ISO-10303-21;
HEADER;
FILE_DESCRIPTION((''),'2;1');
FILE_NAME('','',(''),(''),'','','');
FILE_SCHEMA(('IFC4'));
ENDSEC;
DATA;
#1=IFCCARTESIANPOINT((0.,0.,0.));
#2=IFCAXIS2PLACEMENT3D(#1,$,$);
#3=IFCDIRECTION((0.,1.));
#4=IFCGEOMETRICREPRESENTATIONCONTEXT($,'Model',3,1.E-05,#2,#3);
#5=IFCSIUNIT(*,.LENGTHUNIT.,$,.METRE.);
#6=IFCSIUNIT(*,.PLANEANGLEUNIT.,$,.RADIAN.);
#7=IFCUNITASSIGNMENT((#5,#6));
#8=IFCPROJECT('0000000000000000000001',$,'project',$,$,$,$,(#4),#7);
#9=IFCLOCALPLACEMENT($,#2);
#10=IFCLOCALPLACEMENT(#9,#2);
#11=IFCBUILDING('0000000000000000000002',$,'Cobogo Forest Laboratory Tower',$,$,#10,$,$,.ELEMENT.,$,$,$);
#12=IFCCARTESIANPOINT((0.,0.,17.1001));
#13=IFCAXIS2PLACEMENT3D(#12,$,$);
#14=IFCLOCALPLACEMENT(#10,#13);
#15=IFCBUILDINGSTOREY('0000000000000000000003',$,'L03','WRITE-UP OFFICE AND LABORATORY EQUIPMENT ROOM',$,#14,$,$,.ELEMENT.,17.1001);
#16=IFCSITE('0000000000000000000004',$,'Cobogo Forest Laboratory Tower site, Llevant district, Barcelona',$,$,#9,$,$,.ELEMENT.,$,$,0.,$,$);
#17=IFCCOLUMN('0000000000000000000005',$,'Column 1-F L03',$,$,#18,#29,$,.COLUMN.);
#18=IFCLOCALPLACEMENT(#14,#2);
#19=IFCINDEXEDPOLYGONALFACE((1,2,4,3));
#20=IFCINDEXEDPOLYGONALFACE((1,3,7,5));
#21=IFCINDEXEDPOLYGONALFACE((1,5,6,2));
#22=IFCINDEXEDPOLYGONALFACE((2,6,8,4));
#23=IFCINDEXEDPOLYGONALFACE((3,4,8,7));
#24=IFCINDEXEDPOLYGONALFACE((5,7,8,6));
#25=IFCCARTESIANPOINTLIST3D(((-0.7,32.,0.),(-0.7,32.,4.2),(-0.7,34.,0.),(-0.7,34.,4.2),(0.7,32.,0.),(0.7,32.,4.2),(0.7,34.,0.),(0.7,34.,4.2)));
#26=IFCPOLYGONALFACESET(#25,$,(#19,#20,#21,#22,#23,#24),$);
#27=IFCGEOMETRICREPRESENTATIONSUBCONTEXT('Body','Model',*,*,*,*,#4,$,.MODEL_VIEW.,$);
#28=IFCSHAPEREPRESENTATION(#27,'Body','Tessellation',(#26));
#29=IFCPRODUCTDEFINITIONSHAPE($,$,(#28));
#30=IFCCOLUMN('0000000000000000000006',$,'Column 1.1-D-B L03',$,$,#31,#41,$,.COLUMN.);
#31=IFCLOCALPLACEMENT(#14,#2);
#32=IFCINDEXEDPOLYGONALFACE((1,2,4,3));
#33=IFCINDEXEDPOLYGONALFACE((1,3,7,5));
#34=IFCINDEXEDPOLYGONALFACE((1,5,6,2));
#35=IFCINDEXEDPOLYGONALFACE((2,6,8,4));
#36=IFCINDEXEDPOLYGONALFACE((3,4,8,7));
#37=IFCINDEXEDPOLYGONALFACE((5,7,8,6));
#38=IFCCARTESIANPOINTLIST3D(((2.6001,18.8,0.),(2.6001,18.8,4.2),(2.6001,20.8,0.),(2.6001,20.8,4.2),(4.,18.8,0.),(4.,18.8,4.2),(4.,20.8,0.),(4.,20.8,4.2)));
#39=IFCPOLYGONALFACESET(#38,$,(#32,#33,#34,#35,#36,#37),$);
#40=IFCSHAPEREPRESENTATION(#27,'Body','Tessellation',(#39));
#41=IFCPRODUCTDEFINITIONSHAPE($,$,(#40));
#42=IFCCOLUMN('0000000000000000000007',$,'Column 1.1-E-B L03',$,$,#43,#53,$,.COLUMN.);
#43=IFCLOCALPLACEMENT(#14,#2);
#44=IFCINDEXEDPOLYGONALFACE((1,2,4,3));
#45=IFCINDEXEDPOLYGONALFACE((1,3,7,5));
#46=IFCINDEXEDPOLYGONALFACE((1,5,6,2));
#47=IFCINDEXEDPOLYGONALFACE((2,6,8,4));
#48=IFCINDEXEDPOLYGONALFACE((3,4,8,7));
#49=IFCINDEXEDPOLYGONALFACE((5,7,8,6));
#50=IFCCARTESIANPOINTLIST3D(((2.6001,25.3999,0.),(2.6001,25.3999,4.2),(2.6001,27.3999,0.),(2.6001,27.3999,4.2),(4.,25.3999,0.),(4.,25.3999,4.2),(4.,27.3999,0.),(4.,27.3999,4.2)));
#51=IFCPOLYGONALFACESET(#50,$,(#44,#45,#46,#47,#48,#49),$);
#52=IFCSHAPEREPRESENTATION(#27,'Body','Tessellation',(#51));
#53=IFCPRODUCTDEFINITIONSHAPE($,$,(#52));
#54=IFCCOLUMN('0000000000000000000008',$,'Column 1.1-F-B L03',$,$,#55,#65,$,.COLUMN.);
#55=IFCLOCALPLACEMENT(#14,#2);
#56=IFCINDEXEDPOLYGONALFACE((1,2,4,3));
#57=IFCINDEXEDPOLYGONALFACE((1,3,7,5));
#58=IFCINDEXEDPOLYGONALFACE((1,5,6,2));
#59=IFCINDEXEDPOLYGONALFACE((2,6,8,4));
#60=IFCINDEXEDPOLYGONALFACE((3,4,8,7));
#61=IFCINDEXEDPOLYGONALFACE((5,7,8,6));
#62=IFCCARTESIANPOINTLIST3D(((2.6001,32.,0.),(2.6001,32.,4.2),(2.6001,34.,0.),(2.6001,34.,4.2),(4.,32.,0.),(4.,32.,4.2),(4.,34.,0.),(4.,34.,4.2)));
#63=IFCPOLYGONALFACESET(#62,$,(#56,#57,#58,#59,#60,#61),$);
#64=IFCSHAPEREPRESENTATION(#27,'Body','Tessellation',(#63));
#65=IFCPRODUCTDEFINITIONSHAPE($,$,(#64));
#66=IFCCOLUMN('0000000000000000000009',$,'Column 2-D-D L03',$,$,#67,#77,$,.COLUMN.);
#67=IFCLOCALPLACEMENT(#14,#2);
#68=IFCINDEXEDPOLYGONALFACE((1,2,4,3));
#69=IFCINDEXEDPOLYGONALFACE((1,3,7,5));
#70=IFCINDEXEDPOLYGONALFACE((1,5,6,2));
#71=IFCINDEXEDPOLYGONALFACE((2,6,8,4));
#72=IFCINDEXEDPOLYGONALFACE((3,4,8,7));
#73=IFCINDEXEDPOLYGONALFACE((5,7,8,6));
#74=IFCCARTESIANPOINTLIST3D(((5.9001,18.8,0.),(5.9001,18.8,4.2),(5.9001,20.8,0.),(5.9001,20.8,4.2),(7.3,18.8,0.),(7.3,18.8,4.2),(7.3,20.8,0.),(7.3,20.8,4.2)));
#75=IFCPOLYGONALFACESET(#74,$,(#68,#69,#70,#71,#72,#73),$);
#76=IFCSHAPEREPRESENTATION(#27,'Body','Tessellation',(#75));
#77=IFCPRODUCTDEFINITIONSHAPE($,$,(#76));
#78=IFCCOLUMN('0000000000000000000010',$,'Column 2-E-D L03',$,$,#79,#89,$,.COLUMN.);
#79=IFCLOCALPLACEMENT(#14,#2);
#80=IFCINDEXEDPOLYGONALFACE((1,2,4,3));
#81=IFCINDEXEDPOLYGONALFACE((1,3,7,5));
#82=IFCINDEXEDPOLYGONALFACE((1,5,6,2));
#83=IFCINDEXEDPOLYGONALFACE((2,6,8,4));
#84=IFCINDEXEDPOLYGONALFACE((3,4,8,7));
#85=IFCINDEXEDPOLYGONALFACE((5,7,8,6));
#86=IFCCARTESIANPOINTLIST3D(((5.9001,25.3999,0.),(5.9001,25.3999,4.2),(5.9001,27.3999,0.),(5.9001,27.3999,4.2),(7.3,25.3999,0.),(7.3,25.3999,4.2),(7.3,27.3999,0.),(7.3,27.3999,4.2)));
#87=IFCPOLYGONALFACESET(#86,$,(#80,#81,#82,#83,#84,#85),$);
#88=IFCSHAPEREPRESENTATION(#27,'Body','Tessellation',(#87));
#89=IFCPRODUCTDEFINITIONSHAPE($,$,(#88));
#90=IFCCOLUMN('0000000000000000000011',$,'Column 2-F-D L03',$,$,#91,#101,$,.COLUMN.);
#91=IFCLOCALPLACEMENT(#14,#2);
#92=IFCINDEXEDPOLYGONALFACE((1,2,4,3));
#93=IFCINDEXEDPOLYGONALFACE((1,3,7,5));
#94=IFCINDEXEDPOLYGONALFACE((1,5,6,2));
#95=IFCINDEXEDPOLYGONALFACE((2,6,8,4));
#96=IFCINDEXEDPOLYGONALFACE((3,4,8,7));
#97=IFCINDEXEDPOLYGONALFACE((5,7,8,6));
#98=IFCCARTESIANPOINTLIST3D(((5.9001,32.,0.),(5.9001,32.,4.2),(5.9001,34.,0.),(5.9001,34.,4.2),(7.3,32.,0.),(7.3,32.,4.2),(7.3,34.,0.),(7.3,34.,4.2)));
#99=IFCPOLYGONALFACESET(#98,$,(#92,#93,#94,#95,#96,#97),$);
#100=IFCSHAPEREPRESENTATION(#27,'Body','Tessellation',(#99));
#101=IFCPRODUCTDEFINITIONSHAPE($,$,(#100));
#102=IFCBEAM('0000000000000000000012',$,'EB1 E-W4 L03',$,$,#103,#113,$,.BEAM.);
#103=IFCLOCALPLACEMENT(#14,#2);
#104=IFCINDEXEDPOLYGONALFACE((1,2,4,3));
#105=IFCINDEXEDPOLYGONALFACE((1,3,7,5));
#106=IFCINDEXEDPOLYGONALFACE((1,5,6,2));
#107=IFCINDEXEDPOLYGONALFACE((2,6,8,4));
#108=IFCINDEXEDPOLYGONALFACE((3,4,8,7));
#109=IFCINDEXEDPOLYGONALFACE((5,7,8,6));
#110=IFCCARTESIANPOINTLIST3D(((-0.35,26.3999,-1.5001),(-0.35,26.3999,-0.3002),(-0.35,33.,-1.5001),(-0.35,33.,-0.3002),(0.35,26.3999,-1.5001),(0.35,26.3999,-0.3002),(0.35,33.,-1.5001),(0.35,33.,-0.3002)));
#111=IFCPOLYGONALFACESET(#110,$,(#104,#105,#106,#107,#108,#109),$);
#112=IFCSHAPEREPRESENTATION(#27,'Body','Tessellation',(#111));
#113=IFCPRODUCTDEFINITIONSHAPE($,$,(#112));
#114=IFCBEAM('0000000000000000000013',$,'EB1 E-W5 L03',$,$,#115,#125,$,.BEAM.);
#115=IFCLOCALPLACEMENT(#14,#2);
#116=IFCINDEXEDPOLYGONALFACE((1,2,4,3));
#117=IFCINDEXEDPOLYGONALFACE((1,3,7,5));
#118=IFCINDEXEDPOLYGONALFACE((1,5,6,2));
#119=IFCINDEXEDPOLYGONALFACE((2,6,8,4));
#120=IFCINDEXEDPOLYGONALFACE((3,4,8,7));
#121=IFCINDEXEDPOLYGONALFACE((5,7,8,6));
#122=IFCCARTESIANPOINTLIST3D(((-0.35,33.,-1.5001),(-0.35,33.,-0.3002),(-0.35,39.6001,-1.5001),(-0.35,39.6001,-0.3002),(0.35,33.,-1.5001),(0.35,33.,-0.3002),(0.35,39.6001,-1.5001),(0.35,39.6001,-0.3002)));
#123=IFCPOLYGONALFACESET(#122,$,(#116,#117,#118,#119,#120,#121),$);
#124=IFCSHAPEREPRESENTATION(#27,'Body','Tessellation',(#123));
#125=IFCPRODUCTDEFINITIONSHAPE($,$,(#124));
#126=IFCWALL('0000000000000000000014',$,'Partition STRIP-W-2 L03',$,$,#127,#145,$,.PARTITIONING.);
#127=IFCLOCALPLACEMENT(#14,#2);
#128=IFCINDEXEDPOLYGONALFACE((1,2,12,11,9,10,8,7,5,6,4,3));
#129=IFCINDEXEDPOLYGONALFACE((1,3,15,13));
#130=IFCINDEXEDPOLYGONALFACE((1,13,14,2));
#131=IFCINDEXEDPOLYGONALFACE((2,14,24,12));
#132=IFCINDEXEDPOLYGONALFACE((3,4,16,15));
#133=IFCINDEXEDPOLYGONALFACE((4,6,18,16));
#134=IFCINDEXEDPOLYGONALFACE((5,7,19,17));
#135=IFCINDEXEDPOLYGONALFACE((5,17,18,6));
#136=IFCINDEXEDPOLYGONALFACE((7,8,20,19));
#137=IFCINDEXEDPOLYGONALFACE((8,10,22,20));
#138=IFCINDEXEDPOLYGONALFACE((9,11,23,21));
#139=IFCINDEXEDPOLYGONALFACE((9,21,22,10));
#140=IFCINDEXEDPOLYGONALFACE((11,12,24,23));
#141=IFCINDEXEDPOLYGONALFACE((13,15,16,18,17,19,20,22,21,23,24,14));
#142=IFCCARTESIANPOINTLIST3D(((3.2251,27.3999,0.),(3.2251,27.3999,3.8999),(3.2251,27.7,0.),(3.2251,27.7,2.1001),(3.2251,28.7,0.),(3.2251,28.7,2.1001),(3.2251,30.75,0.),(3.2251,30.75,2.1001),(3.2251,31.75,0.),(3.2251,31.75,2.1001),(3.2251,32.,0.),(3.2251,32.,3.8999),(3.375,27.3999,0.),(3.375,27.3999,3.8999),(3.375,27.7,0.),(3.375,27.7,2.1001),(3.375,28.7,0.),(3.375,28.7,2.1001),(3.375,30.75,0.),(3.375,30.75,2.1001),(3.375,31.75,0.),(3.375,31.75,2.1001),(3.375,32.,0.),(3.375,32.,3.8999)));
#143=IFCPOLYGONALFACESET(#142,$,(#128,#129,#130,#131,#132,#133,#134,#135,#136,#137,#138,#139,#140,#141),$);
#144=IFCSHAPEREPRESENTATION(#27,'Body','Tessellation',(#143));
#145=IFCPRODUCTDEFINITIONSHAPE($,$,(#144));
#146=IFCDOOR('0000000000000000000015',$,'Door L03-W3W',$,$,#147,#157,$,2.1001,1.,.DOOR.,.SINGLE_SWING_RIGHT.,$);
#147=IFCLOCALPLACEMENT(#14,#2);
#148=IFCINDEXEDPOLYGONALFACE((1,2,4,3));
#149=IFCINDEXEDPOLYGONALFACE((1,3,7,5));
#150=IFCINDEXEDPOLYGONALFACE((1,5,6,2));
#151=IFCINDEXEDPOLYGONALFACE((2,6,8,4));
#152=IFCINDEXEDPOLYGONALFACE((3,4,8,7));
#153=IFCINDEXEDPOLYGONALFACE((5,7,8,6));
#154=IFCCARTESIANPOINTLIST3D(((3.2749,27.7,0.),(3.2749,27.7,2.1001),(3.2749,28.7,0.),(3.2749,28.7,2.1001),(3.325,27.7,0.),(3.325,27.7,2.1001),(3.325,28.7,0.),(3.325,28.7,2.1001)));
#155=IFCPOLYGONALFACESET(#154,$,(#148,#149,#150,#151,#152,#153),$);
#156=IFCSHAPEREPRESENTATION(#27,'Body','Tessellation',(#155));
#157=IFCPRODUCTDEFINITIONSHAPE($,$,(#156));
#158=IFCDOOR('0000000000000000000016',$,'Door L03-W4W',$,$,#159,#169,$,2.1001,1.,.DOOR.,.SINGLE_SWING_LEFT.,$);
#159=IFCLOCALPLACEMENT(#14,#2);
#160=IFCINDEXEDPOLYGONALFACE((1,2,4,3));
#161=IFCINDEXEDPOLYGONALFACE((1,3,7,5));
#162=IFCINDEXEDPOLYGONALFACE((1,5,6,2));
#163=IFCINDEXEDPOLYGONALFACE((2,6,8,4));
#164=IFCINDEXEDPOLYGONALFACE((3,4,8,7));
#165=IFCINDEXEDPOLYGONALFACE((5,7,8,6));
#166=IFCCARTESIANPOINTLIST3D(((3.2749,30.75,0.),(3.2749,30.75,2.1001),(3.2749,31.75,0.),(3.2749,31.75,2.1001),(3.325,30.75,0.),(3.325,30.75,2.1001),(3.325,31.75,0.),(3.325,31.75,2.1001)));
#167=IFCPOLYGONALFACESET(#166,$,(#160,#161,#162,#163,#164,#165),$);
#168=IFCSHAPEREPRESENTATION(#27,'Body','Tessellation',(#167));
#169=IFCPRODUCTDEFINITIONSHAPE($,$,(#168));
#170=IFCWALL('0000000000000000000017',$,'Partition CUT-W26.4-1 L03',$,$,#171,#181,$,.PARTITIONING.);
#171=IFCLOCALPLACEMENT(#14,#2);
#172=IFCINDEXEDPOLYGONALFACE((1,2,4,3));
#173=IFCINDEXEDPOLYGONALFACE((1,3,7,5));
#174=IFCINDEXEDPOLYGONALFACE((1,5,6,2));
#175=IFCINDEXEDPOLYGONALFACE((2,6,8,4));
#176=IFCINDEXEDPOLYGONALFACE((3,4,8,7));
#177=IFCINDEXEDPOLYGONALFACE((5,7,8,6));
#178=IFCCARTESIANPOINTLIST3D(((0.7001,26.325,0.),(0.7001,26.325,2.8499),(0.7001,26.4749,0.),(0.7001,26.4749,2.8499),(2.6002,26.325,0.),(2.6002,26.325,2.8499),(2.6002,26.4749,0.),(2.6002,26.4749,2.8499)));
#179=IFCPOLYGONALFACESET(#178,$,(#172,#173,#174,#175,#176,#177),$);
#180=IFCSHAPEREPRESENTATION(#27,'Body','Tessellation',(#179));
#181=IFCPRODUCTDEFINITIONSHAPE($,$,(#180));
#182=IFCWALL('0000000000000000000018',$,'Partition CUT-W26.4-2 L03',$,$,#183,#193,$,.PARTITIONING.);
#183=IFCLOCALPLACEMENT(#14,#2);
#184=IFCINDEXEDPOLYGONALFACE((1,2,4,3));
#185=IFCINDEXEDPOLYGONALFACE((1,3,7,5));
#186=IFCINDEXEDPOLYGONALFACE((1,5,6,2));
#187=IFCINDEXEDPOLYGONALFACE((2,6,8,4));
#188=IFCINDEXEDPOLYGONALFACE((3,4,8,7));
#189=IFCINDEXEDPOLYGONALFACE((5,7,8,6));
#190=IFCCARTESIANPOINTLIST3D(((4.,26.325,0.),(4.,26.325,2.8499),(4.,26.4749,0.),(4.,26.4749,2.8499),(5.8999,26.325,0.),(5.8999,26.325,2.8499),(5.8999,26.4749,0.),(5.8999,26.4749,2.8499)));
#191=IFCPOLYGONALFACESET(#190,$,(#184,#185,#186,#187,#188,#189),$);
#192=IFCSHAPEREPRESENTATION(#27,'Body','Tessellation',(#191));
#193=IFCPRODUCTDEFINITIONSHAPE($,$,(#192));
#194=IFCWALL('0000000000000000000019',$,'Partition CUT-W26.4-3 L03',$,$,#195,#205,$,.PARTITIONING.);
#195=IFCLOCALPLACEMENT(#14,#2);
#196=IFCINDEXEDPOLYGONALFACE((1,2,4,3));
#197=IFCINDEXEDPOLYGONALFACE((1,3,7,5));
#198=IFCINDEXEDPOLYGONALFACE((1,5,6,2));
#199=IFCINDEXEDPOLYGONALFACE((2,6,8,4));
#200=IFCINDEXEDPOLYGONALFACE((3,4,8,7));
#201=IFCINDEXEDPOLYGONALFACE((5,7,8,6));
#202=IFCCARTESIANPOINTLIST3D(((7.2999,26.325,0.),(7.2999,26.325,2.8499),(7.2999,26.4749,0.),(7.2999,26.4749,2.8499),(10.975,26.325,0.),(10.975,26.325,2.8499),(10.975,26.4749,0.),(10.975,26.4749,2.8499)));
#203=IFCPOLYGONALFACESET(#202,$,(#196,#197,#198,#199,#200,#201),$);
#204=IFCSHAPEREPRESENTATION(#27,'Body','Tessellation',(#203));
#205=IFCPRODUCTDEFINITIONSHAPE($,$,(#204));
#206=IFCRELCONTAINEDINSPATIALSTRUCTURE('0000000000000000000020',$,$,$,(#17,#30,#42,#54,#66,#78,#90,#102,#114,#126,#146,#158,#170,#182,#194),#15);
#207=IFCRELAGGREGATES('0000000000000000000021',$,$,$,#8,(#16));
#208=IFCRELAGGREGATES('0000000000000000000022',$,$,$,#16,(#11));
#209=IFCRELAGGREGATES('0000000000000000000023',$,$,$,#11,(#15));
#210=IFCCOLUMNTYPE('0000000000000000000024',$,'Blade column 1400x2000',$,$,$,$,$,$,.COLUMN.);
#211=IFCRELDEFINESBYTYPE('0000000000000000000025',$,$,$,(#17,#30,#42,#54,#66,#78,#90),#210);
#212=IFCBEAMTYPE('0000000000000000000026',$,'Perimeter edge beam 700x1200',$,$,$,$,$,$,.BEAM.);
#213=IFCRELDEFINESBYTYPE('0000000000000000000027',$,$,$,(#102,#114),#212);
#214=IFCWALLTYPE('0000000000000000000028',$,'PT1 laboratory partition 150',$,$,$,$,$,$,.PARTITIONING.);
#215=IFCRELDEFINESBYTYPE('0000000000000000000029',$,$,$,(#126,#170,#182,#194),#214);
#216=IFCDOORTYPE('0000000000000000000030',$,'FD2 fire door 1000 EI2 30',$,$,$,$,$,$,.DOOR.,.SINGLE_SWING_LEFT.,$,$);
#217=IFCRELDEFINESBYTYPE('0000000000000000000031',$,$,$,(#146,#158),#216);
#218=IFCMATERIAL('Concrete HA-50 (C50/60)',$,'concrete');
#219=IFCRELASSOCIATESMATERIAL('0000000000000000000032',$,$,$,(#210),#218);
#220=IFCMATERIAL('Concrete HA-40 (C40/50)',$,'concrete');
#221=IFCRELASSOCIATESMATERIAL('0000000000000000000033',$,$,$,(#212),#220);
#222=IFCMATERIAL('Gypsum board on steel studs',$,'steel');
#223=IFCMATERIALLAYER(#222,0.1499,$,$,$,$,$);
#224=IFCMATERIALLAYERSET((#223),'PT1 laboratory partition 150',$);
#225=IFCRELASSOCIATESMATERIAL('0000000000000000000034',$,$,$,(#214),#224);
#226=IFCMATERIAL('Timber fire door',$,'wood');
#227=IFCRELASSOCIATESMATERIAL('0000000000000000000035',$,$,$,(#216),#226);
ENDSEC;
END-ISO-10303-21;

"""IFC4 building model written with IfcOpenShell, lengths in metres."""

from ifc_helpers import new_model, si_unit, direction, frame, frame_2d, origin, origin_2d, place, context, subcontext, project, spatial, rectangle, extrude, material, layer, layer_set, material_profile, profile_set, type_object, element, fill, save


model = new_model("IFC4")

# Units and contexts
model_context = context("Model", 3, precision=1e-05, world=origin(), true_north=direction((0.0, 1.0)))
body_context = subcontext(model_context, "Body", "Model", "MODEL_VIEW")
ifc_project = project(units=[si_unit("LENGTHUNIT", "METRE"), si_unit("PLANEANGLEUNIT", "RADIAN")], contexts=[model_context])

# Site, building, storey
site_placement = place(None, origin())
site = spatial("IfcSite", under=ifc_project, at=site_placement, Name="Cobogo Forest Laboratory Tower site, Llevant district, Barcelona", CompositionType="ELEMENT", RefElevation=0.0)
building_placement = place(site_placement, origin())
building = spatial("IfcBuilding", under=site, at=building_placement, Name="Cobogo Forest Laboratory Tower", CompositionType="ELEMENT")
storey_placement = place(building_placement, frame((0.0, 0.0, 17.1001)))
storey = spatial("IfcBuildingStorey", under=building, at=storey_placement, Name="L03", Description="WRITE-UP OFFICE AND LABORATORY EQUIPMENT ROOM", CompositionType="ELEMENT", Elevation=17.1001)

# Columns
ifc_material_1 = material(Name="Concrete HA-50 (C50/60)", Category="concrete")
ifc_material_profile_1 = material_profile(ifc_material_1, rectangle(XDim=2.0, YDim=1.3999, at=origin_2d()), Name="RC 1400x2000")
ifc_profile_set_1 = profile_set([ifc_material_profile_1], Name="Concrete HA-50 (C50/60)")
column_type = type_object("IfcColumnType", Name="Blade column 1400x2000", PredefinedType="COLUMN", material=ifc_profile_set_1)
for number, where, z_axis, x_axis, name in (
    (1, (0.0, 33.0, 0.0), (0.0, 0.0, 1.0), (0.0, 1.0, 0.0), "Column 1-F L03"),
    (2, (3.3, 19.8, 0.0), (0.0, 0.0, 1.0), (0.0, 1.0, 0.0), "Column 1.1-D-B L03"),
    (3, (3.3, 26.3999, 0.0), (0.0, 0.0, 1.0), (0.0, 1.0, 0.0), "Column 1.1-E-B L03"),
    (4, (3.3, 33.0, 0.0), (0.0, 0.0, 1.0), (0.0, 1.0, 0.0), "Column 1.1-F-B L03"),
    (5, (6.6001, 19.8, 0.0), (0.0, 0.0, 1.0), (0.0, 1.0, 0.0), "Column 2-D-D L03"),
    (6, (6.6001, 26.3999, 0.0), (0.0, 0.0, 1.0), (0.0, 1.0, 0.0), "Column 2-E-D L03"),
    (7, (6.6001, 33.0, 0.0), (0.0, 0.0, 1.0), (0.0, 1.0, 0.0), "Column 2-F-D L03"),
):
    element("IfcColumn", number, at=place(storey_placement, frame(where, z_axis=z_axis, x_axis=x_axis)), inside=storey, type_object=column_type, Name=name, PredefinedType="COLUMN", context=body_context, shape_type="SweptSolid", body=[
        extrude(rectangle(XDim=2.0, YDim=1.3999, at=origin_2d()), origin(), (0.0, 0.0, 1.0), 4.2),
    ])

# Beams
ifc_material_2 = material(Name="Concrete HA-40 (C40/50)", Category="concrete")
ifc_material_profile_2 = material_profile(ifc_material_2, rectangle(XDim=0.7, YDim=1.2, at=origin_2d()), Name="RC 700x1200")
ifc_profile_set_2 = profile_set([ifc_material_profile_2], Name="Concrete HA-40 (C40/50)")
beam_type = type_object("IfcBeamType", Name="Perimeter edge beam 700x1200", PredefinedType="BEAM", material=ifc_profile_set_2)
for number, where, z_axis, x_axis, name in (
    (8, (0.0, 26.3999, -0.9001), (0.0, 1.0, 0.0), (-1.0, 0.0, 0.0), "EB1 E-W4 L03"),
    (9, (0.0, 33.0, -0.9001), (0.0, 1.0, 0.0), (-1.0, 0.0, 0.0), "EB1 E-W5 L03"),
):
    element("IfcBeam", number, at=place(storey_placement, frame(where, z_axis=z_axis, x_axis=x_axis)), inside=storey, type_object=beam_type, Name=name, PredefinedType="BEAM", context=body_context, shape_type="SweptSolid", body=[
        extrude(rectangle(XDim=0.7, YDim=1.2, at=origin_2d()), origin(), (0.0, 0.0, 1.0), 6.6001),
    ])

# Wall, openings, doors
ifc_material_3 = material(Name="Gypsum board on steel studs", Category="steel")
ifc_layer_1 = layer(ifc_material_3, 0.1499)
ifc_layer_set_1 = layer_set([ifc_layer_1], Name="PT1 laboratory partition 150")
wall_type_1 = type_object("IfcWallType", Name="PT1 laboratory partition 150", PredefinedType="PARTITIONING", material=ifc_layer_set_1)
wall_1_placement = place(storey_placement, frame((3.3, 32.0, 0.0), z_axis=(0.0, 0.0, 1.0), x_axis=(0.0, -1.0, 0.0)))
wall_1 = element("IfcWall", 10, at=wall_1_placement, inside=storey, type_object=wall_type_1, Name="Partition STRIP-W-2 L03", PredefinedType="PARTITIONING", context=body_context, shape_type="SweptSolid", body=[
    extrude(rectangle(XDim=4.6001, YDim=0.1499, at=frame_2d((2.3, 0.0))), origin(), (0.0, 0.0, 1.0), 3.8999),
])
opening_1_placement = place(wall_1_placement, frame((3.3, 0.0, 0.0)))
opening_1 = element("IfcOpeningElement", 11, at=opening_1_placement, cuts=wall_1, PredefinedType="OPENING", context=body_context, shape_type="SweptSolid", body=[
    extrude(rectangle(XDim=1.0, YDim=2.1001, at=frame_2d((0.5, 1.05))), frame((0.0, 0.085, 0.0), z_axis=(0.0, -1.0, 0.0), x_axis=(1.0, 0.0, 0.0)), (0.0, 0.0, 1.0), 0.1699),
])
opening_2_placement = place(wall_1_placement, frame((0.25, 0.0, 0.0)))
opening_2 = element("IfcOpeningElement", 12, at=opening_2_placement, cuts=wall_1, PredefinedType="OPENING", context=body_context, shape_type="SweptSolid", body=[
    extrude(rectangle(XDim=1.0, YDim=2.1001, at=frame_2d((0.5, 1.05))), frame((0.0, 0.085, 0.0), z_axis=(0.0, -1.0, 0.0), x_axis=(1.0, 0.0, 0.0)), (0.0, 0.0, 1.0), 0.1699),
])
ifc_material_4 = material(Name="Timber fire door", Category="wood")
door_type = type_object("IfcDoorType", Name="FD2 fire door 1000 EI2 30", OperationType="SINGLE_SWING_LEFT", PredefinedType="DOOR", material=ifc_material_4)
door_1_placement = place(opening_1_placement, origin())
door_1 = element("IfcDoor", 13, at=door_1_placement, inside=storey, type_object=door_type, Name="Door L03-W3W", OperationType="SINGLE_SWING_RIGHT", OverallHeight=2.1001, OverallWidth=1.0, PredefinedType="DOOR", context=body_context, shape_type="SweptSolid", body=[
    extrude(rectangle(XDim=1.0, YDim=2.1001, at=frame_2d((0.5, 1.05))), frame((0.0, 0.0249, 0.0), z_axis=(0.0, -1.0, 0.0), x_axis=(1.0, 0.0, 0.0)), (0.0, 0.0, 1.0), 0.05),
])
fill(opening_1, door_1)
door_2_placement = place(opening_2_placement, origin())
door_2 = element("IfcDoor", 14, at=door_2_placement, inside=storey, type_object=door_type, Name="Door L03-W4W", OperationType="SINGLE_SWING_LEFT", OverallHeight=2.1001, OverallWidth=1.0, PredefinedType="DOOR", context=body_context, shape_type="SweptSolid", body=[
    extrude(rectangle(XDim=1.0, YDim=2.1001, at=frame_2d((0.5, 1.05))), frame((0.0, 0.0249, 0.0), z_axis=(0.0, -1.0, 0.0), x_axis=(1.0, 0.0, 0.0)), (0.0, 0.0, 1.0), 0.05),
])
fill(opening_2, door_2)

# Walls
wall_2_placement = place(storey_placement, frame((0.7, 26.3999, 0.0), z_axis=(0.0, 0.0, 1.0), x_axis=(1.0, 0.0, 0.0)))
element("IfcWall", 15, at=wall_2_placement, inside=storey, type_object=wall_type_1, Name="Partition CUT-W26.4-1 L03", PredefinedType="PARTITIONING", context=body_context, shape_type="SweptSolid", body=[
    extrude(rectangle(XDim=1.9001, YDim=0.1499, at=frame_2d((0.9502, 0.0))), origin(), (0.0, 0.0, 1.0), 2.8499),
])
wall_3_placement = place(storey_placement, frame((4.0, 26.3999, 0.0), z_axis=(0.0, 0.0, 1.0), x_axis=(1.0, 0.0, 0.0)))
element("IfcWall", 16, at=wall_3_placement, inside=storey, type_object=wall_type_1, Name="Partition CUT-W26.4-2 L03", PredefinedType="PARTITIONING", context=body_context, shape_type="SweptSolid", body=[
    extrude(rectangle(XDim=1.8999, YDim=0.1499, at=frame_2d((0.95, 0.0))), origin(), (0.0, 0.0, 1.0), 2.8499),
])
wall_4_placement = place(storey_placement, frame((7.3, 26.3999, 0.0), z_axis=(0.0, 0.0, 1.0), x_axis=(1.0, 0.0, 0.0)))
element("IfcWall", 17, at=wall_4_placement, inside=storey, type_object=wall_type_1, Name="Partition CUT-W26.4-3 L03", PredefinedType="PARTITIONING", context=body_context, shape_type="SweptSolid", body=[
    extrude(rectangle(XDim=3.675, YDim=0.1499, at=frame_2d((1.8374, 0.0))), origin(), (0.0, 0.0, 1.0), 2.8499),
])

save(model, "model.ifc")
